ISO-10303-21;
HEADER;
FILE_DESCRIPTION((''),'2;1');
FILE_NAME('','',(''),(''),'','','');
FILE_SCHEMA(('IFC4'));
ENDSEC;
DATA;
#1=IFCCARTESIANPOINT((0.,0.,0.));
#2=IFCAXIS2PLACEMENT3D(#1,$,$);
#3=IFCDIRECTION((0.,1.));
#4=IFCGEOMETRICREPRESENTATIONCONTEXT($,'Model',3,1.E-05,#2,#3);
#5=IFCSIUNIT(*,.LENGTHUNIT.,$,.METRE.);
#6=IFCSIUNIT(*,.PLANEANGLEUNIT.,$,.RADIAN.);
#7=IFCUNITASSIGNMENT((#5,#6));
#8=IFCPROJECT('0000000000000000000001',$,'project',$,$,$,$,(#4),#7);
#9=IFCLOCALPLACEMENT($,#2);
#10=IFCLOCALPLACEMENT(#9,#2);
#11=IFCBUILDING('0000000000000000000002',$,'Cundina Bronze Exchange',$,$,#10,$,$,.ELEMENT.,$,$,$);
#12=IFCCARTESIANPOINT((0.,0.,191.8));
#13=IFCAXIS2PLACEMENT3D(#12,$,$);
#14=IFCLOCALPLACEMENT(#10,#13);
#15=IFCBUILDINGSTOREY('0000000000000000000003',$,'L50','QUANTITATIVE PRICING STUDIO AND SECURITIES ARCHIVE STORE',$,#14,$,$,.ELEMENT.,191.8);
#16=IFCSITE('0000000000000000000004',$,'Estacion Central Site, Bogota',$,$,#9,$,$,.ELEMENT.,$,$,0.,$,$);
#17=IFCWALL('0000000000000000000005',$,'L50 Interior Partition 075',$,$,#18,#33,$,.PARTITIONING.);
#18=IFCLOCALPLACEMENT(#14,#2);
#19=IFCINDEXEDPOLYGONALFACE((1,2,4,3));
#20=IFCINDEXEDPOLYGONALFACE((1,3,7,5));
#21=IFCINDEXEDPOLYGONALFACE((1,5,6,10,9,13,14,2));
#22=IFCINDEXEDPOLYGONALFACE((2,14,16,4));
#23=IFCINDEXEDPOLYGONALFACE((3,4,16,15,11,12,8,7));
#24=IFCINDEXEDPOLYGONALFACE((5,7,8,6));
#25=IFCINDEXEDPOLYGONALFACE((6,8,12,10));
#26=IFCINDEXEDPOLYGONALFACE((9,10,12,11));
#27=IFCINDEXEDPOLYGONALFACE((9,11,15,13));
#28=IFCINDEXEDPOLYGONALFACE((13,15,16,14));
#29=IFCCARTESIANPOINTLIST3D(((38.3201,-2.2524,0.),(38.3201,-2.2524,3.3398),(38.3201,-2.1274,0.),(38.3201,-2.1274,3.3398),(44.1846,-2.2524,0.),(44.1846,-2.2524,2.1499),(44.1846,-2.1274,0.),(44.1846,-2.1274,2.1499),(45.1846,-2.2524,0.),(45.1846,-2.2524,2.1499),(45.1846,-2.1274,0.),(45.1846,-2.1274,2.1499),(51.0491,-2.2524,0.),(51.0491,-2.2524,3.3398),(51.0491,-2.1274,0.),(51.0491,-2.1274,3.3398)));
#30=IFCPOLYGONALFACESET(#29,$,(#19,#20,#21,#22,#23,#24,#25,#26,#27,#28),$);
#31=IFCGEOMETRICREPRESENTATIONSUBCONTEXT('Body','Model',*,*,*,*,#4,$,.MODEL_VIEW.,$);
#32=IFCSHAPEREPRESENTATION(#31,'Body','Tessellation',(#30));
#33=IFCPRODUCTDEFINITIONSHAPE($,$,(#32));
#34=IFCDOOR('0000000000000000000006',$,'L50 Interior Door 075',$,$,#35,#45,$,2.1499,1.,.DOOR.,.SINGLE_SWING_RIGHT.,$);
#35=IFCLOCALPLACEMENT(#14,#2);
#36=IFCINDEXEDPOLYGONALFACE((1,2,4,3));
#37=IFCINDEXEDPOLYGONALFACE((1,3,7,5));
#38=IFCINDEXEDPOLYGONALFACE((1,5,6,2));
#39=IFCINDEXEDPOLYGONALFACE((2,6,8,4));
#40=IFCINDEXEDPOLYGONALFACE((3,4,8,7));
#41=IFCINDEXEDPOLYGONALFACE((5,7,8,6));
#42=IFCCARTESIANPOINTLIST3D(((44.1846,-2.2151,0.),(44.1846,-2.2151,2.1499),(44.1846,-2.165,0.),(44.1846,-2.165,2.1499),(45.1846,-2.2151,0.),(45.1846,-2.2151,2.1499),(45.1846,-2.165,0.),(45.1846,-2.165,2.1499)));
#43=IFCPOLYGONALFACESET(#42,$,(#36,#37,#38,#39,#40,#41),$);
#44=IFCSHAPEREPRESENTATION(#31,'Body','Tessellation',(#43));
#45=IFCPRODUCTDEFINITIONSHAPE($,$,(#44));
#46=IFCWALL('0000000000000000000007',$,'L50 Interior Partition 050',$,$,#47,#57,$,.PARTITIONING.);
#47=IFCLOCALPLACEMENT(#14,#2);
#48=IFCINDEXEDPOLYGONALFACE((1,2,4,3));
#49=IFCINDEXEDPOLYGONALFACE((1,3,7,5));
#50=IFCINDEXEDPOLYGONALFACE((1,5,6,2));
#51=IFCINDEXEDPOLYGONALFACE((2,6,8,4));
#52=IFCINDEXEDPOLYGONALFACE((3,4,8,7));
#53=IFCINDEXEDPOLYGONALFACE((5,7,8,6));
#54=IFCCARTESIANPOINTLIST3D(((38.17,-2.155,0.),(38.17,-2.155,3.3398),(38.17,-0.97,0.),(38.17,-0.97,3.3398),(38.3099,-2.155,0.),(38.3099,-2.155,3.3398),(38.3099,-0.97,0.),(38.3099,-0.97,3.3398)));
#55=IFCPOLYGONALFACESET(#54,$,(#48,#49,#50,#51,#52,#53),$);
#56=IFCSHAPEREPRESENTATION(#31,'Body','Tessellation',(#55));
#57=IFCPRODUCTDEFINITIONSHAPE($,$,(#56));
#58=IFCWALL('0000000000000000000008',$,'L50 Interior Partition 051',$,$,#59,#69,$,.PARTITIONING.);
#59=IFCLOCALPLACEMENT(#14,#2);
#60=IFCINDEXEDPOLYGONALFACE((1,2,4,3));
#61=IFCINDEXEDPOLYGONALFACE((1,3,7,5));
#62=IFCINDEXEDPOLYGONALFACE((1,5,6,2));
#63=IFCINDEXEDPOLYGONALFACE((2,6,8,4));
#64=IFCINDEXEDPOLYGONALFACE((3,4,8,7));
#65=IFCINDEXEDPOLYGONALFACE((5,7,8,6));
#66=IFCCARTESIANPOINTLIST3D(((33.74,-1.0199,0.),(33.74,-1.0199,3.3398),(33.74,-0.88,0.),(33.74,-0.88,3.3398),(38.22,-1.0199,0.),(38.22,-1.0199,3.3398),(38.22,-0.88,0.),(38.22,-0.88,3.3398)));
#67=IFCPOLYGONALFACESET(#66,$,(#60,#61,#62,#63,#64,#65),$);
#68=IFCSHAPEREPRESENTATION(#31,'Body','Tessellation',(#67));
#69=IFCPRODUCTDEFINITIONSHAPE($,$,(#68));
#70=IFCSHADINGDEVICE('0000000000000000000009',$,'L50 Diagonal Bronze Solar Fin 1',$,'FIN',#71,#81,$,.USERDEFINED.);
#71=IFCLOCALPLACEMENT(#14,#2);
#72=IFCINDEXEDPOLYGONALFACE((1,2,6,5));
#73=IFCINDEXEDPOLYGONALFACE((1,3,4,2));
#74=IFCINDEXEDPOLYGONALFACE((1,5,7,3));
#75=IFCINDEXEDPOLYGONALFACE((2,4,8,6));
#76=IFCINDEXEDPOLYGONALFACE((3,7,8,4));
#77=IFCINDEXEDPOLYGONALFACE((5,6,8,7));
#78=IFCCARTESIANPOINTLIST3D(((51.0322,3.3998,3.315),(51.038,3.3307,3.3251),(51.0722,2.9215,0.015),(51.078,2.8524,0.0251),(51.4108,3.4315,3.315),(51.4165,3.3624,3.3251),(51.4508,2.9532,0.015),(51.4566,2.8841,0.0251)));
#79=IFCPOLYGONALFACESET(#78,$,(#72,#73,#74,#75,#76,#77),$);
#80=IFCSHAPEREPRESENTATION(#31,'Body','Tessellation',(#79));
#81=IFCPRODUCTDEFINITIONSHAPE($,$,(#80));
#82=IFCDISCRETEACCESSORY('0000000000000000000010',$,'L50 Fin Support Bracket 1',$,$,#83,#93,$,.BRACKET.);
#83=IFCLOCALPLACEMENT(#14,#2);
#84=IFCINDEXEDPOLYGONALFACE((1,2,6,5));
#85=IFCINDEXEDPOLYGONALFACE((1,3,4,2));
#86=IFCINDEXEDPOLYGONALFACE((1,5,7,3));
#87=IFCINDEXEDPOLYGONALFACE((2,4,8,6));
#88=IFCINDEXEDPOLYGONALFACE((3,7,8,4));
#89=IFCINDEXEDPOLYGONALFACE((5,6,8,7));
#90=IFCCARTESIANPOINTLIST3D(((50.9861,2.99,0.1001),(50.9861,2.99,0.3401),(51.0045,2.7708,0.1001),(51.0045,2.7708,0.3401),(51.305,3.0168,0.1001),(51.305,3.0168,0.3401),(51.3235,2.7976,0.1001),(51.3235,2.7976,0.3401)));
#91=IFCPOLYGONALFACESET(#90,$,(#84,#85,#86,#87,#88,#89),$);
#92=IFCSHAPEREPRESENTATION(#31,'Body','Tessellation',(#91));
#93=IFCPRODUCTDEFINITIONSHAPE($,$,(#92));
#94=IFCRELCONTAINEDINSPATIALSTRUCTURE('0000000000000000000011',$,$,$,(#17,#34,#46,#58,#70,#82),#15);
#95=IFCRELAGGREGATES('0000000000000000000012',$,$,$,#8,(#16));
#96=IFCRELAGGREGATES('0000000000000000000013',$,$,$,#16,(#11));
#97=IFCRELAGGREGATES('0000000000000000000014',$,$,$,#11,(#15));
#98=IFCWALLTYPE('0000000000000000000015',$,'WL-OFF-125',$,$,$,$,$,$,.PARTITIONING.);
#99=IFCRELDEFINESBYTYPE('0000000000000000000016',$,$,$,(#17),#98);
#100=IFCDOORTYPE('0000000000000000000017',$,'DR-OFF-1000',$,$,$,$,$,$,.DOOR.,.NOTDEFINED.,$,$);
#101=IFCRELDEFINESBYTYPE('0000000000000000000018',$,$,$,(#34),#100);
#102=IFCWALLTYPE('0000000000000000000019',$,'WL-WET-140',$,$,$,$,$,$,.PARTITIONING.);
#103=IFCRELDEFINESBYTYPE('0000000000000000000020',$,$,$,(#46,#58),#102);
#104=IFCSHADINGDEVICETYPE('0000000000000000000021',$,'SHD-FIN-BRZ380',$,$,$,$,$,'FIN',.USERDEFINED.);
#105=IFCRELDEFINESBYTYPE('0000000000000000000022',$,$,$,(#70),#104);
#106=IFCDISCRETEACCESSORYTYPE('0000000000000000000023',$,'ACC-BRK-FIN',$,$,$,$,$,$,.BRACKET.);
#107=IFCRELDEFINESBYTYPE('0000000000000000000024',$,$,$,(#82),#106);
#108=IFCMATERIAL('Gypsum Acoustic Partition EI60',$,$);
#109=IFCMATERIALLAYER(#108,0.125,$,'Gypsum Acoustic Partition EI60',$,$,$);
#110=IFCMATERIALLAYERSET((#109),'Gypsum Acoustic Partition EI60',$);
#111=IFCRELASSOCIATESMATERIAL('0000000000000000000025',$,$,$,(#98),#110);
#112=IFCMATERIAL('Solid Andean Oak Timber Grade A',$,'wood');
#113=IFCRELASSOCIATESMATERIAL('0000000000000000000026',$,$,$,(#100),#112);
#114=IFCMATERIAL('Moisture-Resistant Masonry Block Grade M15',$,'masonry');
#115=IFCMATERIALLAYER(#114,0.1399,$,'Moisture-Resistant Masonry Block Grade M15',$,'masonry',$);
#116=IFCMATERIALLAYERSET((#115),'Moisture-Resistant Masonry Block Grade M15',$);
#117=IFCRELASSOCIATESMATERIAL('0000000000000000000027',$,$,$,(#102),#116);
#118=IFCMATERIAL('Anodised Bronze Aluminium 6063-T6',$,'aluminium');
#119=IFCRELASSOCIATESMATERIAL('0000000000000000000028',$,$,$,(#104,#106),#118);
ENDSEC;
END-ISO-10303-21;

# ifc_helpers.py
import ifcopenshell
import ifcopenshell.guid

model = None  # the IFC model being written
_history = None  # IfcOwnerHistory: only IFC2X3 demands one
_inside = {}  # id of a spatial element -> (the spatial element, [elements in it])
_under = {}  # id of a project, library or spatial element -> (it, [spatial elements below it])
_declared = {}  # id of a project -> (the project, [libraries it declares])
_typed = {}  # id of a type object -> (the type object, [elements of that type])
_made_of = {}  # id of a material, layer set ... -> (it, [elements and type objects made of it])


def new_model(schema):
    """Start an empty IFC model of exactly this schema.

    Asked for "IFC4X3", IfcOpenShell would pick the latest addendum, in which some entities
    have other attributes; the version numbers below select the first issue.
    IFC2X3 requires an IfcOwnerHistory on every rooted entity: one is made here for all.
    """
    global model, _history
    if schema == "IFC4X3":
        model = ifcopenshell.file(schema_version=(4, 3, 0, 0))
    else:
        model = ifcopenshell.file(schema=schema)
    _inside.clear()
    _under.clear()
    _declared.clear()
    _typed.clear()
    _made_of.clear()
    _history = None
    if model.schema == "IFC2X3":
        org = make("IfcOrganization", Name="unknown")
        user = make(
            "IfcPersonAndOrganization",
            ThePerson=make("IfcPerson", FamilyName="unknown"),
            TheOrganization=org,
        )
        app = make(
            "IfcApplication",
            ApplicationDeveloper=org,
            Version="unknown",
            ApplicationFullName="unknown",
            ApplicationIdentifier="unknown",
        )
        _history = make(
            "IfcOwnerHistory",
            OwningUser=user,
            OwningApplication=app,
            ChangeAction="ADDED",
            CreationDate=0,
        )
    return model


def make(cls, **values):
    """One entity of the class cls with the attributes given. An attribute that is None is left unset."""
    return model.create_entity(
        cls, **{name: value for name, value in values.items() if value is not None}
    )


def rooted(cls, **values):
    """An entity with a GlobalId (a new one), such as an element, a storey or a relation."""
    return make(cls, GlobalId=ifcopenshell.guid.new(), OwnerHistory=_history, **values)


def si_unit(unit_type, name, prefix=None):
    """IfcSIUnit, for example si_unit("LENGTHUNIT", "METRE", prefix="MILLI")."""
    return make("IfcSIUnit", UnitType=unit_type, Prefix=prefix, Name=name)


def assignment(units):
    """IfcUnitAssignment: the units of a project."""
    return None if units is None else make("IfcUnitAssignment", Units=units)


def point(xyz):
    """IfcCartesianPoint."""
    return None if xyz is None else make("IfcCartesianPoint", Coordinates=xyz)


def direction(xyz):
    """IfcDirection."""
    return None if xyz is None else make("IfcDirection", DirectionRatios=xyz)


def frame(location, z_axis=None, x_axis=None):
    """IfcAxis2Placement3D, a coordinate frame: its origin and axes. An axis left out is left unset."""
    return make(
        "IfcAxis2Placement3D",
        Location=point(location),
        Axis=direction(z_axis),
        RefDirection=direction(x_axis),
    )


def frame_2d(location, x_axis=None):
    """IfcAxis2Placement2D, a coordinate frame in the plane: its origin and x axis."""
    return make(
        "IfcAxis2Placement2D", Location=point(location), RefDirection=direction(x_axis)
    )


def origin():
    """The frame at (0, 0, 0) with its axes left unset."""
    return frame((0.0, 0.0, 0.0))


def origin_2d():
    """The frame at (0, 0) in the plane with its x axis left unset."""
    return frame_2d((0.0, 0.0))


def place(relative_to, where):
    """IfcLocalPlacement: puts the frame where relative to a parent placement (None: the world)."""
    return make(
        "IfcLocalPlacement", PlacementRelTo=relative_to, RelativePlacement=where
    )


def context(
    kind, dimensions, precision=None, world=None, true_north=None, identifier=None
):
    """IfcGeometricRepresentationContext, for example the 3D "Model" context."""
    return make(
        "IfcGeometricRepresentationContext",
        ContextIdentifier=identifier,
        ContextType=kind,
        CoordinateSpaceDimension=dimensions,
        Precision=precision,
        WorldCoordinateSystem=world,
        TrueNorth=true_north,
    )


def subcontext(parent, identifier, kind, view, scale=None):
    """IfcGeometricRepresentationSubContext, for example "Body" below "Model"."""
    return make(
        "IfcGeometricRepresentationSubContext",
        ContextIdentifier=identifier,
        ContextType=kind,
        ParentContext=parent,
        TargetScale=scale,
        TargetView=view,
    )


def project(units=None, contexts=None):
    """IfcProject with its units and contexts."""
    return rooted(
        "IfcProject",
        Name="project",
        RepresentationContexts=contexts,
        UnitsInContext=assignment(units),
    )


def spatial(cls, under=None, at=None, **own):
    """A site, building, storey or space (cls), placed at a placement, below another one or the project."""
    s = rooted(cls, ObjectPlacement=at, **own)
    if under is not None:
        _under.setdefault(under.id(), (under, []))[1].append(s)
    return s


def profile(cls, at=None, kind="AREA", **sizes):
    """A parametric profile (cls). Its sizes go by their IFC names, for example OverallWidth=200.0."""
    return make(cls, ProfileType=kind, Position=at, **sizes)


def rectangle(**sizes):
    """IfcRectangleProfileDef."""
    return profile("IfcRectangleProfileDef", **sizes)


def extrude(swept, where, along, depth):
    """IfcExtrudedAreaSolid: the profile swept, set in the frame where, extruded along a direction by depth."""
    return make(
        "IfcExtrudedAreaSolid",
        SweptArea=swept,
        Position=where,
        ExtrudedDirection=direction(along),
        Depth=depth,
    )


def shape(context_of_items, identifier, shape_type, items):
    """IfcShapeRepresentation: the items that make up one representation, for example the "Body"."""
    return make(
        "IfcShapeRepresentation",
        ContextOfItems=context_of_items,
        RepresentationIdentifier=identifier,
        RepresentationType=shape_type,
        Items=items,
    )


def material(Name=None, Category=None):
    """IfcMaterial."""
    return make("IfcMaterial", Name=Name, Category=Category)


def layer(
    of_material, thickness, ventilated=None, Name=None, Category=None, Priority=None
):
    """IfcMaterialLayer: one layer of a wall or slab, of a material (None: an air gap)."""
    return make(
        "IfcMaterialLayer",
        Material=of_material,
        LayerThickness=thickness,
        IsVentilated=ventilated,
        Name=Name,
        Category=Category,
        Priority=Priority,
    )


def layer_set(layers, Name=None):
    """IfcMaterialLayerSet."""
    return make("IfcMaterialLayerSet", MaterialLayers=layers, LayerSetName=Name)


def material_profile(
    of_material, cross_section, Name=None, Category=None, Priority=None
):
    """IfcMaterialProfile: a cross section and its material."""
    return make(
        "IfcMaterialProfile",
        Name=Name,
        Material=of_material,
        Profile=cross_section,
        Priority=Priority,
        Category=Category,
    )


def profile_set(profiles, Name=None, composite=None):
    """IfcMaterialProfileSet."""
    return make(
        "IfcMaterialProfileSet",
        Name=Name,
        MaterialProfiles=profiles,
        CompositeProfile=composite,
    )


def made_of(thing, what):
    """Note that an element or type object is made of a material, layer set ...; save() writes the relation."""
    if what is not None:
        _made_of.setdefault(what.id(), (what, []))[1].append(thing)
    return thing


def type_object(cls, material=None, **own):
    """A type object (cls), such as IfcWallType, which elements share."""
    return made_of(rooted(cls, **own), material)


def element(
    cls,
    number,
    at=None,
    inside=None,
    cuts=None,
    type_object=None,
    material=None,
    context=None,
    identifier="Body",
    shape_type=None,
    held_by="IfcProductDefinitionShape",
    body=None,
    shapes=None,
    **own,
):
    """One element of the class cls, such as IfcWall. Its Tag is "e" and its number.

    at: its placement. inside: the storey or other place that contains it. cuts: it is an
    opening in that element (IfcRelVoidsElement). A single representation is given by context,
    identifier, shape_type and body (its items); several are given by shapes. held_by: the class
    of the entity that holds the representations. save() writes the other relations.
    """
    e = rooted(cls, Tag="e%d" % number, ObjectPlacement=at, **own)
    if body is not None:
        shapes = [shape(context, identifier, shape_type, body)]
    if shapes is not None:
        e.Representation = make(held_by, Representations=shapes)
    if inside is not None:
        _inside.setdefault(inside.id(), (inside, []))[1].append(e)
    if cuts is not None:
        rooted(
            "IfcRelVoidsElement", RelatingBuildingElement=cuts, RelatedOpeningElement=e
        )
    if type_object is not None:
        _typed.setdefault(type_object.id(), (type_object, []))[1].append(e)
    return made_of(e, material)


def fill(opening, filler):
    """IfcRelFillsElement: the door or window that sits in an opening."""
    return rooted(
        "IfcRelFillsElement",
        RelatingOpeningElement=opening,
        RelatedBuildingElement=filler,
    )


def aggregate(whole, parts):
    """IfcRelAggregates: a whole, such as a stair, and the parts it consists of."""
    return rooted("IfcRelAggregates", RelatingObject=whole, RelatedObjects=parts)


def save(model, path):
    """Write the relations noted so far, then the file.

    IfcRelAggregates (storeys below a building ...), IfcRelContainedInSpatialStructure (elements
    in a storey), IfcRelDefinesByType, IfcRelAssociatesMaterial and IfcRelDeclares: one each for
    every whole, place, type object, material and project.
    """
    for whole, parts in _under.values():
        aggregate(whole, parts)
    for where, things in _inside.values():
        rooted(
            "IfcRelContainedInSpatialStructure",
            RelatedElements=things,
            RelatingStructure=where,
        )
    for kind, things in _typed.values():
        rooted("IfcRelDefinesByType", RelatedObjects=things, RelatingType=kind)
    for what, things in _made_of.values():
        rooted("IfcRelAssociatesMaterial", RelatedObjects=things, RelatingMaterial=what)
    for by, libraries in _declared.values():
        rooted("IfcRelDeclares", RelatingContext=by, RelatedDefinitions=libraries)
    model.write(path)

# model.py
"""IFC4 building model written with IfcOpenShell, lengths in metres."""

from ifc_helpers import new_model, si_unit, direction, frame, frame_2d, origin, origin_2d, place, context, subcontext, project, spatial, rectangle, extrude, material, layer, layer_set, material_profile, profile_set, type_object, element, fill, save


model = new_model("IFC4")

# Units and contexts
model_context = context("Model", 3, precision=1e-05, world=origin(), true_north=direction((0.0, 1.0)))
body_context = subcontext(model_context, "Body", "Model", "MODEL_VIEW")
ifc_project = project(units=[si_unit("LENGTHUNIT", "METRE"), si_unit("PLANEANGLEUNIT", "RADIAN")], contexts=[model_context])

# Site, building, storey
site_placement = place(None, origin())
site = spatial("IfcSite", under=ifc_project, at=site_placement, Name="Estacion Central Site, Bogota", CompositionType="ELEMENT", RefElevation=0.0)
building_placement = place(site_placement, origin())
building = spatial("IfcBuilding", under=site, at=building_placement, Name="Cundina Bronze Exchange", CompositionType="ELEMENT")
storey_placement = place(building_placement, frame((0.0, 0.0, 191.8)))
storey = spatial("IfcBuildingStorey", under=building, at=storey_placement, Name="L50", Description="QUANTITATIVE PRICING STUDIO AND SECURITIES ARCHIVE STORE", CompositionType="ELEMENT", Elevation=191.8)

# Shared definitions
ifc_material_1 = material(Name="Anodised Bronze Aluminium 6063-T6", Category="aluminium")

# Wall, opening, door
ifc_material_2 = material(Name="Gypsum Acoustic Partition EI60")
ifc_layer_1 = layer(ifc_material_2, 0.125, Name="Gypsum Acoustic Partition EI60")
ifc_layer_set_1 = layer_set([ifc_layer_1], Name="Gypsum Acoustic Partition EI60")
wall_type_1 = type_object("IfcWallType", Name="WL-OFF-125", PredefinedType="PARTITIONING", material=ifc_layer_set_1)
wall_1_placement = place(storey_placement, frame((38.3201, -2.1899, 0.0), z_axis=(0.0, 0.0, 1.0), x_axis=(1.0, 0.0, 0.0)))
wall_1 = element("IfcWall", 1, at=wall_1_placement, inside=storey, type_object=wall_type_1, Name="L50 Interior Partition 075", PredefinedType="PARTITIONING", context=body_context, shape_type="SweptSolid", body=[
    extrude(rectangle(XDim=12.729, YDim=0.125, at=frame_2d((6.3645, 0.0))), origin(), (0.0, 0.0, 1.0), 3.3398),
])
opening_placement = place(wall_1_placement, frame((5.8645, 0.0, 0.0)))
opening = element("IfcOpeningElement", 2, at=opening_placement, cuts=wall_1, PredefinedType="OPENING", context=body_context, shape_type="SweptSolid", body=[
    extrude(rectangle(XDim=1.0, YDim=2.1499, at=frame_2d((0.5, 1.075))), frame((0.0, 0.0725, 0.0), z_axis=(0.0, -1.0, 0.0), x_axis=(1.0, 0.0, 0.0)), (0.0, 0.0, 1.0), 0.145),
])
ifc_material_3 = material(Name="Solid Andean Oak Timber Grade A", Category="wood")
door_type = type_object("IfcDoorType", Name="DR-OFF-1000", OperationType="NOTDEFINED", PredefinedType="DOOR", material=ifc_material_3)
door_placement = place(opening_placement, origin())
door = element("IfcDoor", 3, at=door_placement, inside=storey, type_object=door_type, Name="L50 Interior Door 075", OperationType="SINGLE_SWING_RIGHT", OverallHeight=2.1499, OverallWidth=1.0, PredefinedType="DOOR", context=body_context, shape_type="SweptSolid", body=[
    extrude(rectangle(XDim=1.0, YDim=2.1499, at=frame_2d((0.5, 1.075))), frame((0.0, 0.0249, 0.0), z_axis=(0.0, -1.0, 0.0), x_axis=(1.0, 0.0, 0.0)), (0.0, 0.0, 1.0), 0.05),
])
fill(opening, door)

# Walls
ifc_material_4 = material(Name="Moisture-Resistant Masonry Block Grade M15", Category="masonry")
ifc_layer_2 = layer(ifc_material_4, 0.1399, Name="Moisture-Resistant Masonry Block Grade M15", Category="masonry")
ifc_layer_set_2 = layer_set([ifc_layer_2], Name="Moisture-Resistant Masonry Block Grade M15")
wall_type_2 = type_object("IfcWallType", Name="WL-WET-140", PredefinedType="PARTITIONING", material=ifc_layer_set_2)
wall_2_placement = place(storey_placement, frame((38.24, -2.155, 0.0), z_axis=(0.0, 0.0, 1.0), x_axis=(0.0, 1.0, 0.0)))
element("IfcWall", 4, at=wall_2_placement, inside=storey, type_object=wall_type_2, Name="L50 Interior Partition 050", PredefinedType="PARTITIONING", context=body_context, shape_type="SweptSolid", body=[
    extrude(rectangle(XDim=1.1851, YDim=0.1399, at=frame_2d((0.5925, 0.0))), origin(), (0.0, 0.0, 1.0), 3.3398),
])
wall_3_placement = place(storey_placement, frame((33.74, -0.95, 0.0), z_axis=(0.0, 0.0, 1.0), x_axis=(1.0, 0.0, 0.0)))
element("IfcWall", 5, at=wall_3_placement, inside=storey, type_object=wall_type_2, Name="L50 Interior Partition 051", PredefinedType="PARTITIONING", context=body_context, shape_type="SweptSolid", body=[
    extrude(rectangle(XDim=4.48, YDim=0.1399, at=frame_2d((2.24, 0.0))), origin(), (0.0, 0.0, 1.0), 3.3398),
])

# Shading device
ifc_material_profile_1 = material_profile(ifc_material_1, rectangle(XDim=0.0701, YDim=0.3799, at=origin_2d()), Name="FIN70X380", Category="aluminium")
ifc_profile_set_1 = profile_set([ifc_material_profile_1], Name="Anodised Bronze Aluminium 6063-T6")
shading_device_type = type_object("IfcShadingDeviceType", Name="SHD-FIN-BRZ380", ElementType="FIN", PredefinedType="USERDEFINED", material=ifc_profile_set_1)
shading_device_placement = place(storey_placement, frame((51.2644, 2.9028, 0.02), z_axis=(-0.012007, 0.14342, 0.989589), x_axis=(0.082556, -0.98614, 0.143921)))
element("IfcShadingDevice", 6, at=shading_device_placement, inside=storey, type_object=shading_device_type, Name="L50 Diagonal Bronze Solar Fin 1", ObjectType="FIN", PredefinedType="USERDEFINED", context=body_context, shape_type="SweptSolid", body=[
    extrude(rectangle(XDim=0.0701, YDim=0.3799, at=origin_2d()), origin(), (0.0, 0.0, 1.0), 3.3347),
])

# Discrete accessory
discrete_accessory_type = type_object("IfcDiscreteAccessoryType", Name="ACC-BRK-FIN", PredefinedType="BRACKET", material=ifc_material_1)
discrete_accessory_placement = place(storey_placement, frame((51.1548, 2.8938, 0.1001), z_axis=(0.0, 0.0, 1.0), x_axis=(-0.083747, 0.996487, 0.0)))
element("IfcDiscreteAccessory", 7, at=discrete_accessory_placement, inside=storey, type_object=discrete_accessory_type, Name="L50 Fin Support Bracket 1", PredefinedType="BRACKET", context=body_context, shape_type="SweptSolid", body=[
    extrude(rectangle(XDim=0.22, YDim=0.3201, at=origin_2d()), origin(), (0.0, 0.0, 1.0), 0.24),
])

save(model, "model.ifc")
